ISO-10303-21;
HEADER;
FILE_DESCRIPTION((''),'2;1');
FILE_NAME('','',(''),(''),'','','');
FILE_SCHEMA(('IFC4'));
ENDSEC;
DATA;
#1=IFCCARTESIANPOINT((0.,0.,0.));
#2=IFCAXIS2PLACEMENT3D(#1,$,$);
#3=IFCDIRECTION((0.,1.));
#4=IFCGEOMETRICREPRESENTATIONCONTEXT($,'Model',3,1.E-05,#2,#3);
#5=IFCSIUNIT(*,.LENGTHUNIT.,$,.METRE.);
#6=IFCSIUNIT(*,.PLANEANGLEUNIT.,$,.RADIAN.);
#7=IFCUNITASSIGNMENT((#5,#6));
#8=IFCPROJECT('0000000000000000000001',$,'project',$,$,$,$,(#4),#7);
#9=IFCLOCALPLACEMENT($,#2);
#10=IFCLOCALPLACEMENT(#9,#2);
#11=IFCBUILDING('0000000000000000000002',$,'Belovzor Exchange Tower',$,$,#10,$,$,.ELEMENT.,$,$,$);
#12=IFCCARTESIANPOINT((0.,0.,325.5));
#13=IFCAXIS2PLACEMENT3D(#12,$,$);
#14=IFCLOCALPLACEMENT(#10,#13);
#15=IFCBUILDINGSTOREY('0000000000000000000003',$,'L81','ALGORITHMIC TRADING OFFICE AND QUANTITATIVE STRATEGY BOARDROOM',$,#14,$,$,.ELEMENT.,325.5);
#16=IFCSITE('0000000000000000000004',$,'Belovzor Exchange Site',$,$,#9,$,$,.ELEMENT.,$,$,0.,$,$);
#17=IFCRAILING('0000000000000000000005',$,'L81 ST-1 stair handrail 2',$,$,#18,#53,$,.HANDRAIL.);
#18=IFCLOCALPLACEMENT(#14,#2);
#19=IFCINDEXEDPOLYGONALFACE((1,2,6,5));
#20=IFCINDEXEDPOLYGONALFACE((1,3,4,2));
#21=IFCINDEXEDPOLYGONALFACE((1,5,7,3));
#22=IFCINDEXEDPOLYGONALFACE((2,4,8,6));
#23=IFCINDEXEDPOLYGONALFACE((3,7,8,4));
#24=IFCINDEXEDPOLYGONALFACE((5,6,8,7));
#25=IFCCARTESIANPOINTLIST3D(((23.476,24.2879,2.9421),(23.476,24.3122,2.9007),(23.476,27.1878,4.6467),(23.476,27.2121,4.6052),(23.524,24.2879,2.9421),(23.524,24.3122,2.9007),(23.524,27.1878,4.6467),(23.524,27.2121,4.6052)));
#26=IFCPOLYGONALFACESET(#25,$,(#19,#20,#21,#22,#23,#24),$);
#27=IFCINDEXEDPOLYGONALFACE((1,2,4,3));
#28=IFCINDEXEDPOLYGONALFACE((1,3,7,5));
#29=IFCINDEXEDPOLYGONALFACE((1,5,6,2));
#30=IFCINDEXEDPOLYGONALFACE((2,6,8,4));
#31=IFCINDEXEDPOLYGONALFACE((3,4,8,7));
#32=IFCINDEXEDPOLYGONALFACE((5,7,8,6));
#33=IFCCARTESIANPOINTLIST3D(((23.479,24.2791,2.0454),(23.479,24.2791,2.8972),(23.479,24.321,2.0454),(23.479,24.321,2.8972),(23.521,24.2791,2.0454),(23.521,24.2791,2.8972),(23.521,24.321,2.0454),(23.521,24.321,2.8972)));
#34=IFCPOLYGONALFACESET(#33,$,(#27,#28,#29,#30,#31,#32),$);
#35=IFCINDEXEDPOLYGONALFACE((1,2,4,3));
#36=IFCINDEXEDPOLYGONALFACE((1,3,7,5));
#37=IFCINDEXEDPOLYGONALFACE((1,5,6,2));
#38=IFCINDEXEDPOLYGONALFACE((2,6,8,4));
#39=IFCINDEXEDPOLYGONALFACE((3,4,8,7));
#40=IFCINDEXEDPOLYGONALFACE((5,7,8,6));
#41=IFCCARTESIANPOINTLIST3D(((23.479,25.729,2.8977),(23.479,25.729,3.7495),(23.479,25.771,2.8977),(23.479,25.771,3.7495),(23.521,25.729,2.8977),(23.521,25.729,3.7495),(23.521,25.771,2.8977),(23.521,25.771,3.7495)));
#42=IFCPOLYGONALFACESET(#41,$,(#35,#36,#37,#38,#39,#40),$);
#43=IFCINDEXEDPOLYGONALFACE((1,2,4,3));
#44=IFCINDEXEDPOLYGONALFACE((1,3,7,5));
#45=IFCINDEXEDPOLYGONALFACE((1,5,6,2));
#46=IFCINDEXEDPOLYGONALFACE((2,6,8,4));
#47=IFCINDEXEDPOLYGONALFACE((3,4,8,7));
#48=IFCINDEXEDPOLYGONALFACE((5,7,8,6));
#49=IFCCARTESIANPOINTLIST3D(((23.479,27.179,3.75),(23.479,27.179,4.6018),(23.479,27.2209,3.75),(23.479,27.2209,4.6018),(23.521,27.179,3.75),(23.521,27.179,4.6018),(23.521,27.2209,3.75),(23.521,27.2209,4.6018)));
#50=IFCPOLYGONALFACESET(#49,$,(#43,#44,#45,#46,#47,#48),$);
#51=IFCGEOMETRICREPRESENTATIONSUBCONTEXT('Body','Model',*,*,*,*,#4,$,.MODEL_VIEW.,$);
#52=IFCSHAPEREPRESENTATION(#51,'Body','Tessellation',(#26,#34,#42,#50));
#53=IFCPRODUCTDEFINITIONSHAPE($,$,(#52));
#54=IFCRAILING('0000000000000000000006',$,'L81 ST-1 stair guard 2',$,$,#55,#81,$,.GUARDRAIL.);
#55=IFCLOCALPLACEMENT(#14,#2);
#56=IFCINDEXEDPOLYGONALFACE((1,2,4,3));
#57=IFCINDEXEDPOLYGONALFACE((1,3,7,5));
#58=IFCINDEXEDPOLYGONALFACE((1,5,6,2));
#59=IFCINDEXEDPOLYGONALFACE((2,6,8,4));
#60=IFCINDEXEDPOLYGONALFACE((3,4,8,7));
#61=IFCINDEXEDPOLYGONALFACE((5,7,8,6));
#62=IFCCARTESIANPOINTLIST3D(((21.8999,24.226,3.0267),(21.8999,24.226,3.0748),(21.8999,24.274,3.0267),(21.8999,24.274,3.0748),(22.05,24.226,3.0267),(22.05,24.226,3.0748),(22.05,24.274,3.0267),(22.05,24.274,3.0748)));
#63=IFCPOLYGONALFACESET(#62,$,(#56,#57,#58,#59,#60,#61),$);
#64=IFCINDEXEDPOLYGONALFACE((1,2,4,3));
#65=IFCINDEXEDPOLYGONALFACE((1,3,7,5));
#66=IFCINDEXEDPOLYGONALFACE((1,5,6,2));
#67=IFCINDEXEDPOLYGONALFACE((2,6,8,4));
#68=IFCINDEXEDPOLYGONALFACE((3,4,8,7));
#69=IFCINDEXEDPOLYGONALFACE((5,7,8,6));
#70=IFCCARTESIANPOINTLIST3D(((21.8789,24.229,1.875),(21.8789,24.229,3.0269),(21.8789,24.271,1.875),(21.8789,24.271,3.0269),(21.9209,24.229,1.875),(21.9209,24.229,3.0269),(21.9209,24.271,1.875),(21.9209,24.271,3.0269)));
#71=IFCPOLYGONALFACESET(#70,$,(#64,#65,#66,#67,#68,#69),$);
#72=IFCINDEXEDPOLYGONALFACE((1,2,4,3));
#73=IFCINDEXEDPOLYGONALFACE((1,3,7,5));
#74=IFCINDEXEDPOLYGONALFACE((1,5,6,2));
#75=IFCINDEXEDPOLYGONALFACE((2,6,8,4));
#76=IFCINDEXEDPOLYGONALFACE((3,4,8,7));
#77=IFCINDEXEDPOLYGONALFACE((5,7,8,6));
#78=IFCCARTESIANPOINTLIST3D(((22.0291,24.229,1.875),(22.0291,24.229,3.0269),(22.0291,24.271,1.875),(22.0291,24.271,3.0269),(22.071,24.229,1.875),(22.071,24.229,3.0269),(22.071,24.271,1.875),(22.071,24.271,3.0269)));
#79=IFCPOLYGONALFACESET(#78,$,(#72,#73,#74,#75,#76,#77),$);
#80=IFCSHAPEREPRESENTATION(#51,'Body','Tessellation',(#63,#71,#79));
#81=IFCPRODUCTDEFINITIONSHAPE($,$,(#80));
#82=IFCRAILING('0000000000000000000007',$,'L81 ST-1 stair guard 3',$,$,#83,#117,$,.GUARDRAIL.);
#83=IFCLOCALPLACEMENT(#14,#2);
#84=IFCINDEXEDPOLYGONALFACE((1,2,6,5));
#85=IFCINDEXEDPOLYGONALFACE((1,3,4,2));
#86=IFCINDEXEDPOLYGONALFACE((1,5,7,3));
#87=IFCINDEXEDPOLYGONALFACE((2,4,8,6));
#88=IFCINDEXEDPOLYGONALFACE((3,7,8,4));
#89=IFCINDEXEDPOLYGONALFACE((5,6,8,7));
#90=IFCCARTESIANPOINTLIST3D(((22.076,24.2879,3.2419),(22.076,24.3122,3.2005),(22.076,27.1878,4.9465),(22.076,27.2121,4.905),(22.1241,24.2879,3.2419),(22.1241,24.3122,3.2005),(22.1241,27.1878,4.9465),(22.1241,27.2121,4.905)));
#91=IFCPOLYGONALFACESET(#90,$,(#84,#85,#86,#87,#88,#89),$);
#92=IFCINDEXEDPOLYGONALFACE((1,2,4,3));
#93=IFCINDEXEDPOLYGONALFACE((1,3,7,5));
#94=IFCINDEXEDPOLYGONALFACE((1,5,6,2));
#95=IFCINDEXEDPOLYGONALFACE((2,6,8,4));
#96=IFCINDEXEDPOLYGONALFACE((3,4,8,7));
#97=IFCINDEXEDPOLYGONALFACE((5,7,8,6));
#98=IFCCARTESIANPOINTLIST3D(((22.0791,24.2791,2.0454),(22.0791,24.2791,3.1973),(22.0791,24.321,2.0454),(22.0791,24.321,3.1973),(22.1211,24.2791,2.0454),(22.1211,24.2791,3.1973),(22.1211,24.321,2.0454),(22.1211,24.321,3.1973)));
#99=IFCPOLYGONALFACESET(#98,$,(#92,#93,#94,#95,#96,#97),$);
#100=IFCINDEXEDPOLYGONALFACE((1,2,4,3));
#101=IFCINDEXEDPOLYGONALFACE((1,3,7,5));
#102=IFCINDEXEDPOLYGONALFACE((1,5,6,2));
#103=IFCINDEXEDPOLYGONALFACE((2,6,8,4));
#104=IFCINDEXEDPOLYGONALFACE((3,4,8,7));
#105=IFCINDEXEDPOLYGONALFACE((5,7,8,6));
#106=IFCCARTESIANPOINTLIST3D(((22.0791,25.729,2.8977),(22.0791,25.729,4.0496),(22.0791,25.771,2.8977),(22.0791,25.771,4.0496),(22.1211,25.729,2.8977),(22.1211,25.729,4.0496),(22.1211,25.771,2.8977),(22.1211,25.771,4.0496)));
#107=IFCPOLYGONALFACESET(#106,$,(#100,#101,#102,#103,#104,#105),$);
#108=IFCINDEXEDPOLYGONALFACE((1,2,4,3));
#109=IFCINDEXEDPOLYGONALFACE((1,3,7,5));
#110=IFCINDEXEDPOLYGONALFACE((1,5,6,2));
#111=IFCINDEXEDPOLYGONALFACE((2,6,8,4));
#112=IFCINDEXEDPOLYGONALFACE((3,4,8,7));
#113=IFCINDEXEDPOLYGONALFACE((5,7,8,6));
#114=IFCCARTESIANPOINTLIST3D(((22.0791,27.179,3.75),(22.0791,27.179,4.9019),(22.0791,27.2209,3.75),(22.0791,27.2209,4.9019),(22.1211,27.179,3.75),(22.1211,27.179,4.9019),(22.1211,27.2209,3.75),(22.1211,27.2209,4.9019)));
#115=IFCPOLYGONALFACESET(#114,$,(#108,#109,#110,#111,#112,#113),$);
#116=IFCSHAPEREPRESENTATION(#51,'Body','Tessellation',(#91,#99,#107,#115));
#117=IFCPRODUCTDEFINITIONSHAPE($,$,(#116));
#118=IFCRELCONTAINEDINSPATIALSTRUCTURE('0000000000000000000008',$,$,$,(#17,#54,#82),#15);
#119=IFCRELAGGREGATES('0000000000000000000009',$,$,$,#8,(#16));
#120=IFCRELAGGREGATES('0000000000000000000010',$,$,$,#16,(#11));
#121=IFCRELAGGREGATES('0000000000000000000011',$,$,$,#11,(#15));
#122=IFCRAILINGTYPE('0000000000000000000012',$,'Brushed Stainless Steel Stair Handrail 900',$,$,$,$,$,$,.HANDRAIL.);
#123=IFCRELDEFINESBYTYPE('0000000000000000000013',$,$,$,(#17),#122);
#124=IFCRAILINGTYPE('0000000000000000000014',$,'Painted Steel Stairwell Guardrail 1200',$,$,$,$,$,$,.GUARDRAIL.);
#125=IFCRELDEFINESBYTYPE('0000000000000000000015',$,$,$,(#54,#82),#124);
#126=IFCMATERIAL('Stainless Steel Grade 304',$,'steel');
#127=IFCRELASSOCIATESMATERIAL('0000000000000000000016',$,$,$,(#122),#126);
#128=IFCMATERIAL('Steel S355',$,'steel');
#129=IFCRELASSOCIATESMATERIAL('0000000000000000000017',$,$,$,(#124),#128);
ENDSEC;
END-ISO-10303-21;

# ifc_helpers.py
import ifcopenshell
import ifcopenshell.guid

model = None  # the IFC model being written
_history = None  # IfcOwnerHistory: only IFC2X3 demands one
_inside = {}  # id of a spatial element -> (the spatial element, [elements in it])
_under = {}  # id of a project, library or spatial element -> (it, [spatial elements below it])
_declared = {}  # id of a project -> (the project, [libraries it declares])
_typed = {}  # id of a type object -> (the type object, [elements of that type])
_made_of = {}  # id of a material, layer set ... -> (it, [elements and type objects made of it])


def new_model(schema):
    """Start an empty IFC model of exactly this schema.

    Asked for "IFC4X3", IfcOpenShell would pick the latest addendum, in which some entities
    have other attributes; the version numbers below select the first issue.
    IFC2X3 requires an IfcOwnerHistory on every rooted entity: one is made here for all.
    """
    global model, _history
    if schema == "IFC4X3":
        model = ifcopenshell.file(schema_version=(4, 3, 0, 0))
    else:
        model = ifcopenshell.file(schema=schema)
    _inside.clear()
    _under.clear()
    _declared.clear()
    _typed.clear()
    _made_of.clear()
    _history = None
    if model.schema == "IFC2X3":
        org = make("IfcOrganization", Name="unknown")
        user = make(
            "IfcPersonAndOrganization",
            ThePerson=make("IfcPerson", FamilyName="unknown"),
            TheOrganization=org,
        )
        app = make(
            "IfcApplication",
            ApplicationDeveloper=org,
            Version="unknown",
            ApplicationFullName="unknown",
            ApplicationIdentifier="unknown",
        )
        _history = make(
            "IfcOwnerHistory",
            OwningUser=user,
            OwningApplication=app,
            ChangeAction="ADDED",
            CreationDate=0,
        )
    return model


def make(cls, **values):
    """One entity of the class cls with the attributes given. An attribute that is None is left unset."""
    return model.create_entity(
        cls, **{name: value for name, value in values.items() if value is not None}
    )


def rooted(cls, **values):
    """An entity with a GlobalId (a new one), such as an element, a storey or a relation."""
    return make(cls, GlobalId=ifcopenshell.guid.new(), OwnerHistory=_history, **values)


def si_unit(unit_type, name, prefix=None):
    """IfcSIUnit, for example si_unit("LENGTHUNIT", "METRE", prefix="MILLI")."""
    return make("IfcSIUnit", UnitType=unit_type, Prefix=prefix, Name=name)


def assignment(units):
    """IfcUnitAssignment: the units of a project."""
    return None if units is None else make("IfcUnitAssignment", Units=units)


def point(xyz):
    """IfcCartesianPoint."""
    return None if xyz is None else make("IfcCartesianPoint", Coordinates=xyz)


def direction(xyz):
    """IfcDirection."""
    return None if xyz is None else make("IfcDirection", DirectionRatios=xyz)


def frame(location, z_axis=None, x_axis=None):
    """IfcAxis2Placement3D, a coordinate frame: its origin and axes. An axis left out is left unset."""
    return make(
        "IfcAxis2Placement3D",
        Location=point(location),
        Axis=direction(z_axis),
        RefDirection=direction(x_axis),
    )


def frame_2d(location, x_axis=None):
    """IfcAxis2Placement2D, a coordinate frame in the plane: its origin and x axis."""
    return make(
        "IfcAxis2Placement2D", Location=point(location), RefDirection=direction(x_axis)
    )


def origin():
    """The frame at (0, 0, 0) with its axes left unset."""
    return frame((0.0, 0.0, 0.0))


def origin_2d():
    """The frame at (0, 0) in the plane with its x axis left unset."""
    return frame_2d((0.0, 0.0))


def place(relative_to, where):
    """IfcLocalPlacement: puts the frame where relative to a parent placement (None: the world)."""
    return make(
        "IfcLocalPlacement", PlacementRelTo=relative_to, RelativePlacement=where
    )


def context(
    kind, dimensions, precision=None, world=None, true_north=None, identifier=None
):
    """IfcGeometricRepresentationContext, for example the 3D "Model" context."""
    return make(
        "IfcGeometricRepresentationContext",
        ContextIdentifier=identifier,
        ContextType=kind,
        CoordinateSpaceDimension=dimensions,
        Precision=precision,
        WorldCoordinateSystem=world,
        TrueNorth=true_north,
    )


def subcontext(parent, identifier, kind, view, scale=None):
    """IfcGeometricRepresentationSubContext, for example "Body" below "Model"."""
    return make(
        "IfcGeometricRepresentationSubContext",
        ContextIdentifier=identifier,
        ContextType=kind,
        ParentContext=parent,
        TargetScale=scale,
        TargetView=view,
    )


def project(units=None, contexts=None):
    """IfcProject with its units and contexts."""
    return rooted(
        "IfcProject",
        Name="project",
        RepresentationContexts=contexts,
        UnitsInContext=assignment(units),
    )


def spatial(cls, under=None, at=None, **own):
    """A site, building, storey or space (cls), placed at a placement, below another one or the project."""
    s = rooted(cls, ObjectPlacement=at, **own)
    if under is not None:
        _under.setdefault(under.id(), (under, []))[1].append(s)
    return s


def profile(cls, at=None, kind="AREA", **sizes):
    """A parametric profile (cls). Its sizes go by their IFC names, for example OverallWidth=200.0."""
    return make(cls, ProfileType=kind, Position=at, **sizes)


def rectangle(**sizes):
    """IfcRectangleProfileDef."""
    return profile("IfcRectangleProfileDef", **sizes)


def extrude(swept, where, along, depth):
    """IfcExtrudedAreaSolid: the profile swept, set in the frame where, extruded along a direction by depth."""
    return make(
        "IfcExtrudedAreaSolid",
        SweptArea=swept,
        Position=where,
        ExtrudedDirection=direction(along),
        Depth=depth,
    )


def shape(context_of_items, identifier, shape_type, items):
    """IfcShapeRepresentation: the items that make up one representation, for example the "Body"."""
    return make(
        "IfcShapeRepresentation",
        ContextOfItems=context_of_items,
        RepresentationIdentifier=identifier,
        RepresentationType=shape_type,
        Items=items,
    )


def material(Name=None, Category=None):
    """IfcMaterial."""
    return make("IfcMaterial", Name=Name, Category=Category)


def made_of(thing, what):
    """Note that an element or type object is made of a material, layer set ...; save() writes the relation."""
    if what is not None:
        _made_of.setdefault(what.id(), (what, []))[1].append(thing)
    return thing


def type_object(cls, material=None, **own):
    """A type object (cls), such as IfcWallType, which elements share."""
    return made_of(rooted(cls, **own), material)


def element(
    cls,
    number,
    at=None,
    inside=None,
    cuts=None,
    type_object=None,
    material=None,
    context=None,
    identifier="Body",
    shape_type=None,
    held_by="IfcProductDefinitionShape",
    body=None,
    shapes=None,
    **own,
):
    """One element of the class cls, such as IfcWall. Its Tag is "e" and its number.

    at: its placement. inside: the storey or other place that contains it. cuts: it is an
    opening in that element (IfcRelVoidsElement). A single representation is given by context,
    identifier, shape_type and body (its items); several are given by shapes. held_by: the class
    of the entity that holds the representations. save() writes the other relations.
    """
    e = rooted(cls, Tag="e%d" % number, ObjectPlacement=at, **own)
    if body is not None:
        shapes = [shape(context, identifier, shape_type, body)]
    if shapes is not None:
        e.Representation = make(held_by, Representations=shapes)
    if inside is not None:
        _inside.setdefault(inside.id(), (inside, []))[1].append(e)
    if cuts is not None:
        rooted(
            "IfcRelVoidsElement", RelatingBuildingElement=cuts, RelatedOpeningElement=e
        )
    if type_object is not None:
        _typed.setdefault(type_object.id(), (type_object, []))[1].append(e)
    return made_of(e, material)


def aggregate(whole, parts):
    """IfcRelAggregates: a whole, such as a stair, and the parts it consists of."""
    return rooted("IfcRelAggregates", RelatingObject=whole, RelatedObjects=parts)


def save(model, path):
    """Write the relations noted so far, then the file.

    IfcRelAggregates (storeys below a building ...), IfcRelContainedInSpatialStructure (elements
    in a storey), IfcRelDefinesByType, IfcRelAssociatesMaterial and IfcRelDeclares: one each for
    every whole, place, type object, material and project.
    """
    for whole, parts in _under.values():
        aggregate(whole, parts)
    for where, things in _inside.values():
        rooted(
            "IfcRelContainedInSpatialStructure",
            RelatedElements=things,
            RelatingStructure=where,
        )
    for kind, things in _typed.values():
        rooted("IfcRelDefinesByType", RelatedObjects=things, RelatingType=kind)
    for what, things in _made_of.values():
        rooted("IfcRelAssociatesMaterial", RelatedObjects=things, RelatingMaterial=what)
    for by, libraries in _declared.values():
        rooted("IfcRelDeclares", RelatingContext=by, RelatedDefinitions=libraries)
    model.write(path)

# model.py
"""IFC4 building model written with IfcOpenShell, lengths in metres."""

from ifc_helpers import new_model, si_unit, direction, frame, origin, origin_2d, place, context, subcontext, project, spatial, rectangle, extrude, material, type_object, element, save


model = new_model("IFC4")

# Units and contexts
model_context = context("Model", 3, precision=1e-05, world=origin(), true_north=direction((0.0, 1.0)))
body_context = subcontext(model_context, "Body", "Model", "MODEL_VIEW")
ifc_project = project(units=[si_unit("LENGTHUNIT", "METRE"), si_unit("PLANEANGLEUNIT", "RADIAN")], contexts=[model_context])

# Site, building, storey
site_placement = place(None, origin())
site = spatial("IfcSite", under=ifc_project, at=site_placement, Name="Belovzor Exchange Site", CompositionType="ELEMENT", RefElevation=0.0)
building_placement = place(site_placement, origin())
building = spatial("IfcBuilding", under=site, at=building_placement, Name="Belovzor Exchange Tower", CompositionType="ELEMENT")
storey_placement = place(building_placement, frame((0.0, 0.0, 325.5)))
storey = spatial("IfcBuildingStorey", under=building, at=storey_placement, Name="L81", Description="ALGORITHMIC TRADING OFFICE AND QUANTITATIVE STRATEGY BOARDROOM", CompositionType="ELEMENT", Elevation=325.5)

# Railings
ifc_material_1 = material(Name="Stainless Steel Grade 304", Category="steel")
railing_type_1 = type_object("IfcRailingType", Name="Brushed Stainless Steel Stair Handrail 900", PredefinedType="HANDRAIL", material=ifc_material_1)
railing_1_placement = place(storey_placement, frame((23.5, 24.3, 2.0454)))
element("IfcRailing", 1, at=railing_1_placement, inside=storey, type_object=railing_type_1, Name="L81 ST-1 stair handrail 2", PredefinedType="HANDRAIL", context=body_context, shape_type="SweptSolid", body=[
    extrude(rectangle(XDim=0.0481, YDim=0.0481, at=origin_2d()), frame((0.0, 0.0, 0.876), z_axis=(0.0, 0.862095, 0.506747), x_axis=(-1.0, 0.0, 0.0)), (0.0, 0.0, 1.0), 3.3638),
    extrude(rectangle(XDim=0.042, YDim=0.042, at=origin_2d()), origin(), (0.0, 0.0, 1.0), 0.8518),
    extrude(rectangle(XDim=0.042, YDim=0.042, at=origin_2d()), frame((0.0, 1.45, 0.8523)), (0.0, 0.0, 1.0), 0.8518),
    extrude(rectangle(XDim=0.042, YDim=0.042, at=origin_2d()), frame((0.0, 2.8999, 1.7046)), (0.0, 0.0, 1.0), 0.8518),
])
ifc_material_2 = material(Name="Steel S355", Category="steel")
railing_type_2 = type_object("IfcRailingType", Name="Painted Steel Stairwell Guardrail 1200", PredefinedType="GUARDRAIL", material=ifc_material_2)
railing_2_placement = place(storey_placement, frame((21.8999, 24.25, 1.875)))
element("IfcRailing", 2, at=railing_2_placement, inside=storey, type_object=railing_type_2, Name="L81 ST-1 stair guard 2", PredefinedType="GUARDRAIL", context=body_context, shape_type="SweptSolid", body=[
    extrude(rectangle(XDim=0.0481, YDim=0.0481, at=origin_2d()), frame((0.0, 0.0, 1.1758), z_axis=(1.0, 0.0, 0.0), x_axis=(0.0, 1.0, 0.0)), (0.0, 0.0, 1.0), 0.1501),
    extrude(rectangle(XDim=0.042, YDim=0.042, at=origin_2d()), origin(), (0.0, 0.0, 1.0), 1.1519),
    extrude(rectangle(XDim=0.042, YDim=0.042, at=origin_2d()), frame((0.1501, 0.0, 0.0)), (0.0, 0.0, 1.0), 1.1519),
])
railing_3_placement = place(storey_placement, frame((22.1001, 24.3, 2.0454)))
element("IfcRailing", 3, at=railing_3_placement, inside=storey, type_object=railing_type_2, Name="L81 ST-1 stair guard 3", PredefinedType="GUARDRAIL", context=body_context, shape_type="SweptSolid", body=[
    extrude(rectangle(XDim=0.0481, YDim=0.0481, at=origin_2d()), frame((0.0, 0.0, 1.1758), z_axis=(0.0, 0.862095, 0.506747), x_axis=(-1.0, 0.0, 0.0)), (0.0, 0.0, 1.0), 3.3638),
    extrude(rectangle(XDim=0.042, YDim=0.042, at=origin_2d()), origin(), (0.0, 0.0, 1.0), 1.1519),
    extrude(rectangle(XDim=0.042, YDim=0.042, at=origin_2d()), frame((0.0, 1.45, 0.8523)), (0.0, 0.0, 1.0), 1.1519),
    extrude(rectangle(XDim=0.042, YDim=0.042, at=origin_2d()), frame((0.0, 2.8999, 1.7046)), (0.0, 0.0, 1.0), 1.1519),
])

save(model, "model.ifc")
